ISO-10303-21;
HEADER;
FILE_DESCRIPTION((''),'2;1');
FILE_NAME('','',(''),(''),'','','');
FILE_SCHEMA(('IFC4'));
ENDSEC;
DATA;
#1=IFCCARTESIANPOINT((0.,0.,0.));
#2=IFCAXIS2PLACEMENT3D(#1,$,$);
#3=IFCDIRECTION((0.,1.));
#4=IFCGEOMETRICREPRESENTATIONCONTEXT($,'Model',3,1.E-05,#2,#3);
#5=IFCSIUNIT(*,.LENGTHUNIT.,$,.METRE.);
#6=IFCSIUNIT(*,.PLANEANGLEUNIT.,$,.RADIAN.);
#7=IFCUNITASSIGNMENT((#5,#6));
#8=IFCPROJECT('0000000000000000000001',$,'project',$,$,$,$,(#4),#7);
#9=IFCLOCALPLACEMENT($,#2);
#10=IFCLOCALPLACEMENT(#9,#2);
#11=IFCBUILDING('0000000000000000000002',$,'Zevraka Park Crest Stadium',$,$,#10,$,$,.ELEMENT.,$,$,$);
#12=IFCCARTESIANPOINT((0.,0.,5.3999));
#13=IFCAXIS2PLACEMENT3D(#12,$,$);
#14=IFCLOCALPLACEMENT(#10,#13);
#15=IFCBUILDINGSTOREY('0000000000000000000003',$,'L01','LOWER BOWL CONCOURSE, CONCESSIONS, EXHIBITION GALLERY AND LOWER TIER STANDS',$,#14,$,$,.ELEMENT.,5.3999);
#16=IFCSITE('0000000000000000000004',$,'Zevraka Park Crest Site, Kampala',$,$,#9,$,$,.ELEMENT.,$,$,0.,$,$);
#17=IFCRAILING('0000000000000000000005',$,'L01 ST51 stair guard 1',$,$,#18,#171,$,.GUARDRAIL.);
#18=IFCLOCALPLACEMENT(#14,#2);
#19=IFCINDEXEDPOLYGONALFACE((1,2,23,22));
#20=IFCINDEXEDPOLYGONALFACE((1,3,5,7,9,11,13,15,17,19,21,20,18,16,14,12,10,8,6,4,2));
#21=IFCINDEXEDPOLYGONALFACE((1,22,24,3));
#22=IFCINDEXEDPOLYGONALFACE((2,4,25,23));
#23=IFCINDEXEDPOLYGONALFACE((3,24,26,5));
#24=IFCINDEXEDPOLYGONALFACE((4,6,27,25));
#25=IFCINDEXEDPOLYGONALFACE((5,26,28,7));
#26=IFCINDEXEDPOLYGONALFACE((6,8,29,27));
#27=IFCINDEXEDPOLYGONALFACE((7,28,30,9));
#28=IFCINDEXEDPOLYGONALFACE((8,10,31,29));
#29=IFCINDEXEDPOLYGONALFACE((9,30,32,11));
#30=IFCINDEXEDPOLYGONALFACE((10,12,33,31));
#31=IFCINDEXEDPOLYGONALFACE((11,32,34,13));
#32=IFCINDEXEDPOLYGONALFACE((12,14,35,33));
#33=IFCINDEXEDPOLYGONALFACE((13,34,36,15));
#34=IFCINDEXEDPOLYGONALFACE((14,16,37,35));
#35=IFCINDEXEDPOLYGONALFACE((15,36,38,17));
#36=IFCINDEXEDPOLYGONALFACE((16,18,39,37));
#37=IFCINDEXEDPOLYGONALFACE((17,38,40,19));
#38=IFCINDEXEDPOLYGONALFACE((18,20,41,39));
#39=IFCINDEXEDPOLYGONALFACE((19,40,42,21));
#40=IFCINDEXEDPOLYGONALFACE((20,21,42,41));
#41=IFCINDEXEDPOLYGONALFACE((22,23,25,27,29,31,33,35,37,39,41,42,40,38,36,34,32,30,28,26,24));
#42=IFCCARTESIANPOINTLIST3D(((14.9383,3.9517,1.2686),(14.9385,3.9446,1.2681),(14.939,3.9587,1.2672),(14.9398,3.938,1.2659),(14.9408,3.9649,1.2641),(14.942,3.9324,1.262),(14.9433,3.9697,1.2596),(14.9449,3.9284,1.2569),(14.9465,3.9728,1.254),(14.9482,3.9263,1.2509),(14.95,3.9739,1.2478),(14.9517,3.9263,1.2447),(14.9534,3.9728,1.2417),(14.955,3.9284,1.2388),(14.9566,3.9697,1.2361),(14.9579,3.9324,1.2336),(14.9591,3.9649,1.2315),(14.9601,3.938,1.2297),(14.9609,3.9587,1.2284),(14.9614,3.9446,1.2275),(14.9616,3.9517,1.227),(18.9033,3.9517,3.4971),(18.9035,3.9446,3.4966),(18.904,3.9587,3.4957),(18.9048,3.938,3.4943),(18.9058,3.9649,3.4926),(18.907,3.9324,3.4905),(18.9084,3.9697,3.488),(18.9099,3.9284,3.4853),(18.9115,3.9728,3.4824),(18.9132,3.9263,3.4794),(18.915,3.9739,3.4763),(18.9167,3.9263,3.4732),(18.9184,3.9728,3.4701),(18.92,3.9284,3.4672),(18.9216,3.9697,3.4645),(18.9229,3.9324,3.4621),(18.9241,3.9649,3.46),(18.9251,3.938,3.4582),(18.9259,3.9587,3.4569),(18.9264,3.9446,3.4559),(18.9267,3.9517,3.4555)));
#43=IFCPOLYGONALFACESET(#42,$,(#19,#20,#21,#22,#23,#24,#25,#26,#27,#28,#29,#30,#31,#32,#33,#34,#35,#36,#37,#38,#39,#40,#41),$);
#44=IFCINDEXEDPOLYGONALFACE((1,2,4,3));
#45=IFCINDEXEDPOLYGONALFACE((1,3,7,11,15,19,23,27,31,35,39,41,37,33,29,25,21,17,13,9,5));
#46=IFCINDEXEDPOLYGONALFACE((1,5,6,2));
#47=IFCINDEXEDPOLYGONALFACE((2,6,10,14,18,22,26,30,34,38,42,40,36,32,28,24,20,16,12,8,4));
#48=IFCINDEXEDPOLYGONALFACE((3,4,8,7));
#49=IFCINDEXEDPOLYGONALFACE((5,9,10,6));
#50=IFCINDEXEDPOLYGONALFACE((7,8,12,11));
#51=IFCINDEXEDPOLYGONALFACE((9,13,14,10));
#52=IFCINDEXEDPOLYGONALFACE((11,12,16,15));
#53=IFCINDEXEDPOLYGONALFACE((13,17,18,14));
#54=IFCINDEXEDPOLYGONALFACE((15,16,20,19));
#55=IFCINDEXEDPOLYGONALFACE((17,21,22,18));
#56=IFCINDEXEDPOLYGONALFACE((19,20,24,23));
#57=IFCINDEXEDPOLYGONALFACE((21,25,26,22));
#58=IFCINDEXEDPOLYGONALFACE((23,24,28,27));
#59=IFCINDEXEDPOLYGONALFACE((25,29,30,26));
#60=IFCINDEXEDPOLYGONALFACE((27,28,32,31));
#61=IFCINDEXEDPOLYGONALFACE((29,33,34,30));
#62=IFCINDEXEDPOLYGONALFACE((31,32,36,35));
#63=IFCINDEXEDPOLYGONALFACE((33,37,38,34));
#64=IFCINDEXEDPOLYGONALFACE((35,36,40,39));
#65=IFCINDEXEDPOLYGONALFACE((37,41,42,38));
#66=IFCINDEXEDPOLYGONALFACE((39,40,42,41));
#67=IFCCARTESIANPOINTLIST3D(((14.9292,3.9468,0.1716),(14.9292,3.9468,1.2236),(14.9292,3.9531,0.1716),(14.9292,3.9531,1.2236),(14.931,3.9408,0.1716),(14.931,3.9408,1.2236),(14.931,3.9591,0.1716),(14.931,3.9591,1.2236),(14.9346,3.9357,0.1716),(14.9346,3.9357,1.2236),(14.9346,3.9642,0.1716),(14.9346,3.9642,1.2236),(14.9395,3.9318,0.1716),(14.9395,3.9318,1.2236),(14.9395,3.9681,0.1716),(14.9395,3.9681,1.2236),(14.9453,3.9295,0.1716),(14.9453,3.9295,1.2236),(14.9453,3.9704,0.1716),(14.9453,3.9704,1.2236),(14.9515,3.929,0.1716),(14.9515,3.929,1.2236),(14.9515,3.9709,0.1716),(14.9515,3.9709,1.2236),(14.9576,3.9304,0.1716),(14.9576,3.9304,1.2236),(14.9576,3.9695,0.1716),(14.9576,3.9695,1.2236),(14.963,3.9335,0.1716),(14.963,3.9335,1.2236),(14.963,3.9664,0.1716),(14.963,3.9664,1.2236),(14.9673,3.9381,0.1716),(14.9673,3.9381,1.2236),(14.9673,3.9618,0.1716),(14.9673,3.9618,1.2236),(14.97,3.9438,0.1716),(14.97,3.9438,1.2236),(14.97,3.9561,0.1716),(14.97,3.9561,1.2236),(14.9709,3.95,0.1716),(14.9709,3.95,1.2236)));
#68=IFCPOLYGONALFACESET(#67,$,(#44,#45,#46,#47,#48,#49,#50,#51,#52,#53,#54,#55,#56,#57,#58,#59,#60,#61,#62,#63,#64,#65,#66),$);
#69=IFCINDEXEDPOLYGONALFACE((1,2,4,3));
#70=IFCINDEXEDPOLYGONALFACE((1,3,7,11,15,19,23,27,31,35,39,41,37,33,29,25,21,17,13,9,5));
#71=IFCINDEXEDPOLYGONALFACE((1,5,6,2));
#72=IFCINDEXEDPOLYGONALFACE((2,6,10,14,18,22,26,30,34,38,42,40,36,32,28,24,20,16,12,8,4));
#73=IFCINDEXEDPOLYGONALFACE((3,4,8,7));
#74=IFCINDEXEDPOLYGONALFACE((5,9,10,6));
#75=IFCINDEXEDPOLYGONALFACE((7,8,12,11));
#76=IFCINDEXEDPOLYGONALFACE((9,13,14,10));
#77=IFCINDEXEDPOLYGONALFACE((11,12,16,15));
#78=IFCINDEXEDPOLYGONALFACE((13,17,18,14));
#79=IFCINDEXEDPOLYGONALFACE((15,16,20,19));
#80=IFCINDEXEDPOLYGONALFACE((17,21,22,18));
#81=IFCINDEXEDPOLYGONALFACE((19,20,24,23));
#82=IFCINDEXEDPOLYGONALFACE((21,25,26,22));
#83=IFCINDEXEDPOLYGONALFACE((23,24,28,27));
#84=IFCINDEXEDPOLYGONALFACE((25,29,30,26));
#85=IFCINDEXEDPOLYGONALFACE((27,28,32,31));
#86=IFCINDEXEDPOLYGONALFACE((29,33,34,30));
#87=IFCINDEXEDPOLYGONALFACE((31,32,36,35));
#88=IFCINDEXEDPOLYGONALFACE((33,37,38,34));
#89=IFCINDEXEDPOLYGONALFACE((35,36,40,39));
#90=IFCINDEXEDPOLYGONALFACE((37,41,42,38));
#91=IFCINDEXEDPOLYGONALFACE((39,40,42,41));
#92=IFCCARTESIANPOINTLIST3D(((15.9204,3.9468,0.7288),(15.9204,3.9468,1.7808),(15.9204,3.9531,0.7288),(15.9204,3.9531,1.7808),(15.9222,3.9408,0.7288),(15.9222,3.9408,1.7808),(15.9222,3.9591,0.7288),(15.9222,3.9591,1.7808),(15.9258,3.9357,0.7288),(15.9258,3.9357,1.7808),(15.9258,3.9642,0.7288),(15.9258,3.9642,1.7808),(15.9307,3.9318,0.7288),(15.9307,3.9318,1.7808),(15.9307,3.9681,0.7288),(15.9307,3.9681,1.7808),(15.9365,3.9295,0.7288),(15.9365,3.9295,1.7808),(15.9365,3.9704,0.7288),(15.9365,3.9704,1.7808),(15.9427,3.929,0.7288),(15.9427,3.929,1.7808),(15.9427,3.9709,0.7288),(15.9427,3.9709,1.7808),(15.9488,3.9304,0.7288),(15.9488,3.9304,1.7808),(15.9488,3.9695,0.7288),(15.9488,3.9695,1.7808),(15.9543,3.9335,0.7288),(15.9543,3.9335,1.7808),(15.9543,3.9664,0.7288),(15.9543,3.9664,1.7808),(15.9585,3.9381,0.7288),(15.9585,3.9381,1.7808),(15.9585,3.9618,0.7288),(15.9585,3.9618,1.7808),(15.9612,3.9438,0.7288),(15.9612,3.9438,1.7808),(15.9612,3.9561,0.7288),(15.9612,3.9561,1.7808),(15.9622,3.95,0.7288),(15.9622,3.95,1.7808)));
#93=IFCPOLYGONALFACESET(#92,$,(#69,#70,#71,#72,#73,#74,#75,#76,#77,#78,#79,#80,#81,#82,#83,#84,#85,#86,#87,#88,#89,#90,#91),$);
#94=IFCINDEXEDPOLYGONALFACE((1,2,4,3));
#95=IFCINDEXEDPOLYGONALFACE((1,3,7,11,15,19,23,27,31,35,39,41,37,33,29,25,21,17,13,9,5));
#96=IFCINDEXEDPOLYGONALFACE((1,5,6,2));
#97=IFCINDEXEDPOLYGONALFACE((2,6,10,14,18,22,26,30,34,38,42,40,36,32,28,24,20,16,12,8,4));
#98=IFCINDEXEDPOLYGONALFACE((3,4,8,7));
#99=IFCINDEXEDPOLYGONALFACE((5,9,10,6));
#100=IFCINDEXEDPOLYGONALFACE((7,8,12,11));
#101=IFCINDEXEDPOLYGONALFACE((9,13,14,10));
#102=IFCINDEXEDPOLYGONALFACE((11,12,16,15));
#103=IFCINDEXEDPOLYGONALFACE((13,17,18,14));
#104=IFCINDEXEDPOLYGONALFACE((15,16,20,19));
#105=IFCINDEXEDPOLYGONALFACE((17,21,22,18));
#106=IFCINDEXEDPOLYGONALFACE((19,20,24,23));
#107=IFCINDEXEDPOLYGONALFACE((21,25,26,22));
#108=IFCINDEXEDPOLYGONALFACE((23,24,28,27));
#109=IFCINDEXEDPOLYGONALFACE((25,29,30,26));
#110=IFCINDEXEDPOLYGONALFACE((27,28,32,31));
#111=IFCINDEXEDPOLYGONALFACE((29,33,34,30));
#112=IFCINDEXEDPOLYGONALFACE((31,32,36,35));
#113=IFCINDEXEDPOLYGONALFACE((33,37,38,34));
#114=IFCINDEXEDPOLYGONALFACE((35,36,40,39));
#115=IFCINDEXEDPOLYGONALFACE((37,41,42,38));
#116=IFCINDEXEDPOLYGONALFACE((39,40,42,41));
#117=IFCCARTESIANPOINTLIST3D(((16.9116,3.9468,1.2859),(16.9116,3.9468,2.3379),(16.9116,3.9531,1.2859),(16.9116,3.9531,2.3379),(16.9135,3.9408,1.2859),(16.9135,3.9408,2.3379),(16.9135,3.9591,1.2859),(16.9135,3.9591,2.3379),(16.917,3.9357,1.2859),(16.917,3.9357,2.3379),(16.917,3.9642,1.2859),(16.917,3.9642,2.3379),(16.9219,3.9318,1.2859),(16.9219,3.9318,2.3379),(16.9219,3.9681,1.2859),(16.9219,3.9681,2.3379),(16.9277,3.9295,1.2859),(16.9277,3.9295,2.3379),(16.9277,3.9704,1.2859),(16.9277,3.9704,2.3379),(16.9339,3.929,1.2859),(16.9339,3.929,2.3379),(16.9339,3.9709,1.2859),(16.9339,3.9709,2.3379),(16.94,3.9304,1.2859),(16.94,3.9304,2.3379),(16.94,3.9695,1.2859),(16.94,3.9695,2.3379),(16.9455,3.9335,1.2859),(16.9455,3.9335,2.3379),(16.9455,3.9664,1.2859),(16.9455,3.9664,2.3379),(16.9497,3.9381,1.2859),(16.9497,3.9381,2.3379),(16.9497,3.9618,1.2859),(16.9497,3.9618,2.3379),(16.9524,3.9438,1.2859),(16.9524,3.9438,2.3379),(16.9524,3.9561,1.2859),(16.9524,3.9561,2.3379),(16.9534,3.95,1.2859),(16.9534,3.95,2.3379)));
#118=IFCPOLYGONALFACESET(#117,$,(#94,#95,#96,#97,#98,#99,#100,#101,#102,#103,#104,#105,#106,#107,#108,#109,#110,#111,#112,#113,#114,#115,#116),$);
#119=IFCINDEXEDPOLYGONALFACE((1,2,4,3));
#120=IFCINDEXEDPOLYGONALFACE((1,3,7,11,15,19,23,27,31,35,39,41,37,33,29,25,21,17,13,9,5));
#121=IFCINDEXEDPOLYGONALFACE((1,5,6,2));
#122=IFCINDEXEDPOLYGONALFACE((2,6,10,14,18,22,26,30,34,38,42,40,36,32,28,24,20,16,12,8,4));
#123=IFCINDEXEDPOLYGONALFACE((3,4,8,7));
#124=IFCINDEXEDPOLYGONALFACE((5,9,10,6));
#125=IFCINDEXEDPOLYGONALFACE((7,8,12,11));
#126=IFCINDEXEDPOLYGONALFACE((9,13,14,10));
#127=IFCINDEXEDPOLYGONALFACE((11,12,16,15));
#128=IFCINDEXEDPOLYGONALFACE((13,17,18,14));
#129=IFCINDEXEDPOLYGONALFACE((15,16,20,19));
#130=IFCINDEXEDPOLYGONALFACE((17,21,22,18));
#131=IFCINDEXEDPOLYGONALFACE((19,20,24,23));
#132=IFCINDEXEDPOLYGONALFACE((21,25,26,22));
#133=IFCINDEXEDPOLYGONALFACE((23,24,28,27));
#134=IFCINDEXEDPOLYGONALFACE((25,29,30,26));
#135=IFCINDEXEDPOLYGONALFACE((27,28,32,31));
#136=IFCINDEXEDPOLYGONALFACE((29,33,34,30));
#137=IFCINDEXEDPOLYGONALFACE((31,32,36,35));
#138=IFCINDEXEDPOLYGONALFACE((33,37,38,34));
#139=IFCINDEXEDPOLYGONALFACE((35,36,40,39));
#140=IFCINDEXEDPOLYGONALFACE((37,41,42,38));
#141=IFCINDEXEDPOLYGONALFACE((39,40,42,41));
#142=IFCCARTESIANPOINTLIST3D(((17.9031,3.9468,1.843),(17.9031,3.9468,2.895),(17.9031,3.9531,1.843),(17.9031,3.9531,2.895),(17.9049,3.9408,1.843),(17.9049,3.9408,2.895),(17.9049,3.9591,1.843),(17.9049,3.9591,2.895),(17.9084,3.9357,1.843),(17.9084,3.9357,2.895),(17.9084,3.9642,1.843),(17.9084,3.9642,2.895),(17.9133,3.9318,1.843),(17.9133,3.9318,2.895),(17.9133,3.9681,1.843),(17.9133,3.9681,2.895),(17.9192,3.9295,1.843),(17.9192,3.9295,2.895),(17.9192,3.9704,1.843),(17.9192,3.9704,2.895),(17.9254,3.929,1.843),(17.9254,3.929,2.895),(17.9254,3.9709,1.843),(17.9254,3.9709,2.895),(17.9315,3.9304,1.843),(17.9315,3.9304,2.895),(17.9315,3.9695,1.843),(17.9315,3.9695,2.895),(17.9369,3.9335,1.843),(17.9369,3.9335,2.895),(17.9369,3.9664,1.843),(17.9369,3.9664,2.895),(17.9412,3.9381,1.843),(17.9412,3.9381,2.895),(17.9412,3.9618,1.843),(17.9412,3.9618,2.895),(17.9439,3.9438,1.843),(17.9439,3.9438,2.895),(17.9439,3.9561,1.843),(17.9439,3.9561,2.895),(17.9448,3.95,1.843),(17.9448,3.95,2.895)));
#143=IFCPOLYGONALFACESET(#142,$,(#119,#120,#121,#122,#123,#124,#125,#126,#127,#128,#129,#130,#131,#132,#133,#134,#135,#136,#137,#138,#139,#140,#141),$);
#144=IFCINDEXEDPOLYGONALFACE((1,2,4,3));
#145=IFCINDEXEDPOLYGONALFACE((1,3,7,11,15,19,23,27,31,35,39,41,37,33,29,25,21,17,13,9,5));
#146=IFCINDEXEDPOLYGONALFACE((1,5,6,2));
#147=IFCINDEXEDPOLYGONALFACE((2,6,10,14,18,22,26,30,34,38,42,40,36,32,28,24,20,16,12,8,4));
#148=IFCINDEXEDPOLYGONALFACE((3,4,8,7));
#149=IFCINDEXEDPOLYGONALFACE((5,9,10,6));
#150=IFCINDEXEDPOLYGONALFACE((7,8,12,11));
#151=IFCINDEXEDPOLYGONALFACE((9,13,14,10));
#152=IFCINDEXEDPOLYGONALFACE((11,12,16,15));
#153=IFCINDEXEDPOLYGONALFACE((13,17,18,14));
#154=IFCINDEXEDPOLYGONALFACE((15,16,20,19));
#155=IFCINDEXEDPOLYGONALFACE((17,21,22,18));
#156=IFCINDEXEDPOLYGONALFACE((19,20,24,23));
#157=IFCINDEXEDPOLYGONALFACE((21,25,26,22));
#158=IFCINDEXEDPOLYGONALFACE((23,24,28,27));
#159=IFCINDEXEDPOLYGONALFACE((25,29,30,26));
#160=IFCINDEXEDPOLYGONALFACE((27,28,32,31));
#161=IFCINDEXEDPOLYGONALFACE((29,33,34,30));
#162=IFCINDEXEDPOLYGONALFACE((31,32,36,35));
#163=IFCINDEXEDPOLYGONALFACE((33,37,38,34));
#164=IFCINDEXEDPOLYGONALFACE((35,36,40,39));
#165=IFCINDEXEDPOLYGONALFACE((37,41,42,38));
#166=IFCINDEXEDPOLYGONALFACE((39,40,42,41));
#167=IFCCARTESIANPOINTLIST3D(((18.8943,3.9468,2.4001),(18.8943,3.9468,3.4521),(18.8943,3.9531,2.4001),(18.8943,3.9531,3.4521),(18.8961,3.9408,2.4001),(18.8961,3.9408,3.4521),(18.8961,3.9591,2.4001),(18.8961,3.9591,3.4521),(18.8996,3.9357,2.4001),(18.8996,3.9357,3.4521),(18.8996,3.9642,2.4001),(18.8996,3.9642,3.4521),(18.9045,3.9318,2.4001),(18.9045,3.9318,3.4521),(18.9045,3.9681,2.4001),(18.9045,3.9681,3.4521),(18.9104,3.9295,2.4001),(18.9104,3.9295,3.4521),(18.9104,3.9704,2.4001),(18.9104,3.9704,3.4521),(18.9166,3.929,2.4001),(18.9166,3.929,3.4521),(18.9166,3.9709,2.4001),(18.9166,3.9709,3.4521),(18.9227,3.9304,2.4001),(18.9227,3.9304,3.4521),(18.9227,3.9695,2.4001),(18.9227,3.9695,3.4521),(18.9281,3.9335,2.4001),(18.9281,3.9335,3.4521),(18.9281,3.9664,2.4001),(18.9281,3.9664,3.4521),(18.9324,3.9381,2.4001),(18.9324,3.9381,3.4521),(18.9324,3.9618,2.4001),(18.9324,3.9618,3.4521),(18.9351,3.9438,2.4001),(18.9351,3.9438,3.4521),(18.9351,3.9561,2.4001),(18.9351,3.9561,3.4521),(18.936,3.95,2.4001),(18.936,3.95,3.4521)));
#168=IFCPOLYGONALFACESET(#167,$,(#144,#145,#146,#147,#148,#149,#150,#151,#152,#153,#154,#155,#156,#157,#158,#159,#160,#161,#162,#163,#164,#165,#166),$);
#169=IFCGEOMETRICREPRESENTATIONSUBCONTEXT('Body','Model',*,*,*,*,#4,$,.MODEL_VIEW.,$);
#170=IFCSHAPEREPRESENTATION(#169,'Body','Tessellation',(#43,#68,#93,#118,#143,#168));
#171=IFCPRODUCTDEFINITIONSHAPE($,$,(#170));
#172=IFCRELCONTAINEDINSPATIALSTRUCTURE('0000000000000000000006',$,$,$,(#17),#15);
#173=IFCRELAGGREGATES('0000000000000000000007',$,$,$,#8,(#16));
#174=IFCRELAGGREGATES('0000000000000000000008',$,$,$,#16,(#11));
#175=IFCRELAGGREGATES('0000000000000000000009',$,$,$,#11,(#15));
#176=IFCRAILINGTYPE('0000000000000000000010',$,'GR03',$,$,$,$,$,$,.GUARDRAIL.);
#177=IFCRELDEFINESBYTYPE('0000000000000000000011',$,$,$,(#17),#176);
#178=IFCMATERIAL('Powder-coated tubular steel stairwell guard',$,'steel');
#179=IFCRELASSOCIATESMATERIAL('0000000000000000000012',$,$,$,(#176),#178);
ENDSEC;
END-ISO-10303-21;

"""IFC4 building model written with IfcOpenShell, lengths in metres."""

from ifc_helpers import new_model, si_unit, direction, frame, origin, origin_2d, place, context, subcontext, project, spatial, circle, extrude, material, type_object, element, save


model = new_model("IFC4")

# Units and contexts
model_context = context("Model", 3, precision=1e-05, world=origin(), true_north=direction((0.0, 1.0)))
body_context = subcontext(model_context, "Body", "Model", "MODEL_VIEW")
ifc_project = project(units=[si_unit("LENGTHUNIT", "METRE"), si_unit("PLANEANGLEUNIT", "RADIAN")], contexts=[model_context])

# Site, building, storey
site_placement = place(None, origin())
site = spatial("IfcSite", under=ifc_project, at=site_placement, Name="Zevraka Park Crest Site, Kampala", CompositionType="ELEMENT", RefElevation=0.0)
building_placement = place(site_placement, origin())
building = spatial("IfcBuilding", under=site, at=building_placement, Name="Zevraka Park Crest Stadium", CompositionType="ELEMENT")
storey_placement = place(building_placement, frame((0.0, 0.0, 5.3999)))
storey = spatial("IfcBuildingStorey", under=building, at=storey_placement, Name="L01", Description="LOWER BOWL CONCOURSE, CONCESSIONS, EXHIBITION GALLERY AND LOWER TIER STANDS", CompositionType="ELEMENT", Elevation=5.3999)

# Railing
ifc_material_1 = material(Name="Powder-coated tubular steel stairwell guard", Category="steel")
railing_type_1 = type_object("IfcRailingType", Name="GR03", PredefinedType="GUARDRAIL", material=ifc_material_1)
railing_1_placement = place(storey_placement, frame((14.95, 3.95, 0.1716)))
element("IfcRailing", 1, at=railing_1_placement, inside=storey, type_object=railing_type_1, Name="L01 ST51 stair guard 1", PredefinedType="GUARDRAIL", context=body_context, shape_type="SweptSolid", body=[
    extrude(circle(Radius=0.0239, at=origin_2d()), frame((0.0, 0.0, 1.0762), z_axis=(0.871749, 0.0, 0.489953), x_axis=(0.0, 1.0, 0.0)), (0.0, 0.0, 1.0), 4.5483),
    extrude(circle(Radius=0.021, at=origin_2d()), origin(), (0.0, 0.0, 1.0), 1.052),
    extrude(circle(Radius=0.021, at=origin_2d()), frame((0.9912, 0.0, 0.5571)), (0.0, 0.0, 1.0), 1.052),
    extrude(circle(Radius=0.021, at=origin_2d()), frame((1.9824, 0.0, 1.1143)), (0.0, 0.0, 1.0), 1.052),
    extrude(circle(Radius=0.021, at=origin_2d()), frame((2.9739, 0.0, 1.6714)), (0.0, 0.0, 1.0), 1.052),
    extrude(circle(Radius=0.021, at=origin_2d()), frame((3.9651, 0.0, 2.2285)), (0.0, 0.0, 1.0), 1.052),
])

save(model, "model.ifc")
